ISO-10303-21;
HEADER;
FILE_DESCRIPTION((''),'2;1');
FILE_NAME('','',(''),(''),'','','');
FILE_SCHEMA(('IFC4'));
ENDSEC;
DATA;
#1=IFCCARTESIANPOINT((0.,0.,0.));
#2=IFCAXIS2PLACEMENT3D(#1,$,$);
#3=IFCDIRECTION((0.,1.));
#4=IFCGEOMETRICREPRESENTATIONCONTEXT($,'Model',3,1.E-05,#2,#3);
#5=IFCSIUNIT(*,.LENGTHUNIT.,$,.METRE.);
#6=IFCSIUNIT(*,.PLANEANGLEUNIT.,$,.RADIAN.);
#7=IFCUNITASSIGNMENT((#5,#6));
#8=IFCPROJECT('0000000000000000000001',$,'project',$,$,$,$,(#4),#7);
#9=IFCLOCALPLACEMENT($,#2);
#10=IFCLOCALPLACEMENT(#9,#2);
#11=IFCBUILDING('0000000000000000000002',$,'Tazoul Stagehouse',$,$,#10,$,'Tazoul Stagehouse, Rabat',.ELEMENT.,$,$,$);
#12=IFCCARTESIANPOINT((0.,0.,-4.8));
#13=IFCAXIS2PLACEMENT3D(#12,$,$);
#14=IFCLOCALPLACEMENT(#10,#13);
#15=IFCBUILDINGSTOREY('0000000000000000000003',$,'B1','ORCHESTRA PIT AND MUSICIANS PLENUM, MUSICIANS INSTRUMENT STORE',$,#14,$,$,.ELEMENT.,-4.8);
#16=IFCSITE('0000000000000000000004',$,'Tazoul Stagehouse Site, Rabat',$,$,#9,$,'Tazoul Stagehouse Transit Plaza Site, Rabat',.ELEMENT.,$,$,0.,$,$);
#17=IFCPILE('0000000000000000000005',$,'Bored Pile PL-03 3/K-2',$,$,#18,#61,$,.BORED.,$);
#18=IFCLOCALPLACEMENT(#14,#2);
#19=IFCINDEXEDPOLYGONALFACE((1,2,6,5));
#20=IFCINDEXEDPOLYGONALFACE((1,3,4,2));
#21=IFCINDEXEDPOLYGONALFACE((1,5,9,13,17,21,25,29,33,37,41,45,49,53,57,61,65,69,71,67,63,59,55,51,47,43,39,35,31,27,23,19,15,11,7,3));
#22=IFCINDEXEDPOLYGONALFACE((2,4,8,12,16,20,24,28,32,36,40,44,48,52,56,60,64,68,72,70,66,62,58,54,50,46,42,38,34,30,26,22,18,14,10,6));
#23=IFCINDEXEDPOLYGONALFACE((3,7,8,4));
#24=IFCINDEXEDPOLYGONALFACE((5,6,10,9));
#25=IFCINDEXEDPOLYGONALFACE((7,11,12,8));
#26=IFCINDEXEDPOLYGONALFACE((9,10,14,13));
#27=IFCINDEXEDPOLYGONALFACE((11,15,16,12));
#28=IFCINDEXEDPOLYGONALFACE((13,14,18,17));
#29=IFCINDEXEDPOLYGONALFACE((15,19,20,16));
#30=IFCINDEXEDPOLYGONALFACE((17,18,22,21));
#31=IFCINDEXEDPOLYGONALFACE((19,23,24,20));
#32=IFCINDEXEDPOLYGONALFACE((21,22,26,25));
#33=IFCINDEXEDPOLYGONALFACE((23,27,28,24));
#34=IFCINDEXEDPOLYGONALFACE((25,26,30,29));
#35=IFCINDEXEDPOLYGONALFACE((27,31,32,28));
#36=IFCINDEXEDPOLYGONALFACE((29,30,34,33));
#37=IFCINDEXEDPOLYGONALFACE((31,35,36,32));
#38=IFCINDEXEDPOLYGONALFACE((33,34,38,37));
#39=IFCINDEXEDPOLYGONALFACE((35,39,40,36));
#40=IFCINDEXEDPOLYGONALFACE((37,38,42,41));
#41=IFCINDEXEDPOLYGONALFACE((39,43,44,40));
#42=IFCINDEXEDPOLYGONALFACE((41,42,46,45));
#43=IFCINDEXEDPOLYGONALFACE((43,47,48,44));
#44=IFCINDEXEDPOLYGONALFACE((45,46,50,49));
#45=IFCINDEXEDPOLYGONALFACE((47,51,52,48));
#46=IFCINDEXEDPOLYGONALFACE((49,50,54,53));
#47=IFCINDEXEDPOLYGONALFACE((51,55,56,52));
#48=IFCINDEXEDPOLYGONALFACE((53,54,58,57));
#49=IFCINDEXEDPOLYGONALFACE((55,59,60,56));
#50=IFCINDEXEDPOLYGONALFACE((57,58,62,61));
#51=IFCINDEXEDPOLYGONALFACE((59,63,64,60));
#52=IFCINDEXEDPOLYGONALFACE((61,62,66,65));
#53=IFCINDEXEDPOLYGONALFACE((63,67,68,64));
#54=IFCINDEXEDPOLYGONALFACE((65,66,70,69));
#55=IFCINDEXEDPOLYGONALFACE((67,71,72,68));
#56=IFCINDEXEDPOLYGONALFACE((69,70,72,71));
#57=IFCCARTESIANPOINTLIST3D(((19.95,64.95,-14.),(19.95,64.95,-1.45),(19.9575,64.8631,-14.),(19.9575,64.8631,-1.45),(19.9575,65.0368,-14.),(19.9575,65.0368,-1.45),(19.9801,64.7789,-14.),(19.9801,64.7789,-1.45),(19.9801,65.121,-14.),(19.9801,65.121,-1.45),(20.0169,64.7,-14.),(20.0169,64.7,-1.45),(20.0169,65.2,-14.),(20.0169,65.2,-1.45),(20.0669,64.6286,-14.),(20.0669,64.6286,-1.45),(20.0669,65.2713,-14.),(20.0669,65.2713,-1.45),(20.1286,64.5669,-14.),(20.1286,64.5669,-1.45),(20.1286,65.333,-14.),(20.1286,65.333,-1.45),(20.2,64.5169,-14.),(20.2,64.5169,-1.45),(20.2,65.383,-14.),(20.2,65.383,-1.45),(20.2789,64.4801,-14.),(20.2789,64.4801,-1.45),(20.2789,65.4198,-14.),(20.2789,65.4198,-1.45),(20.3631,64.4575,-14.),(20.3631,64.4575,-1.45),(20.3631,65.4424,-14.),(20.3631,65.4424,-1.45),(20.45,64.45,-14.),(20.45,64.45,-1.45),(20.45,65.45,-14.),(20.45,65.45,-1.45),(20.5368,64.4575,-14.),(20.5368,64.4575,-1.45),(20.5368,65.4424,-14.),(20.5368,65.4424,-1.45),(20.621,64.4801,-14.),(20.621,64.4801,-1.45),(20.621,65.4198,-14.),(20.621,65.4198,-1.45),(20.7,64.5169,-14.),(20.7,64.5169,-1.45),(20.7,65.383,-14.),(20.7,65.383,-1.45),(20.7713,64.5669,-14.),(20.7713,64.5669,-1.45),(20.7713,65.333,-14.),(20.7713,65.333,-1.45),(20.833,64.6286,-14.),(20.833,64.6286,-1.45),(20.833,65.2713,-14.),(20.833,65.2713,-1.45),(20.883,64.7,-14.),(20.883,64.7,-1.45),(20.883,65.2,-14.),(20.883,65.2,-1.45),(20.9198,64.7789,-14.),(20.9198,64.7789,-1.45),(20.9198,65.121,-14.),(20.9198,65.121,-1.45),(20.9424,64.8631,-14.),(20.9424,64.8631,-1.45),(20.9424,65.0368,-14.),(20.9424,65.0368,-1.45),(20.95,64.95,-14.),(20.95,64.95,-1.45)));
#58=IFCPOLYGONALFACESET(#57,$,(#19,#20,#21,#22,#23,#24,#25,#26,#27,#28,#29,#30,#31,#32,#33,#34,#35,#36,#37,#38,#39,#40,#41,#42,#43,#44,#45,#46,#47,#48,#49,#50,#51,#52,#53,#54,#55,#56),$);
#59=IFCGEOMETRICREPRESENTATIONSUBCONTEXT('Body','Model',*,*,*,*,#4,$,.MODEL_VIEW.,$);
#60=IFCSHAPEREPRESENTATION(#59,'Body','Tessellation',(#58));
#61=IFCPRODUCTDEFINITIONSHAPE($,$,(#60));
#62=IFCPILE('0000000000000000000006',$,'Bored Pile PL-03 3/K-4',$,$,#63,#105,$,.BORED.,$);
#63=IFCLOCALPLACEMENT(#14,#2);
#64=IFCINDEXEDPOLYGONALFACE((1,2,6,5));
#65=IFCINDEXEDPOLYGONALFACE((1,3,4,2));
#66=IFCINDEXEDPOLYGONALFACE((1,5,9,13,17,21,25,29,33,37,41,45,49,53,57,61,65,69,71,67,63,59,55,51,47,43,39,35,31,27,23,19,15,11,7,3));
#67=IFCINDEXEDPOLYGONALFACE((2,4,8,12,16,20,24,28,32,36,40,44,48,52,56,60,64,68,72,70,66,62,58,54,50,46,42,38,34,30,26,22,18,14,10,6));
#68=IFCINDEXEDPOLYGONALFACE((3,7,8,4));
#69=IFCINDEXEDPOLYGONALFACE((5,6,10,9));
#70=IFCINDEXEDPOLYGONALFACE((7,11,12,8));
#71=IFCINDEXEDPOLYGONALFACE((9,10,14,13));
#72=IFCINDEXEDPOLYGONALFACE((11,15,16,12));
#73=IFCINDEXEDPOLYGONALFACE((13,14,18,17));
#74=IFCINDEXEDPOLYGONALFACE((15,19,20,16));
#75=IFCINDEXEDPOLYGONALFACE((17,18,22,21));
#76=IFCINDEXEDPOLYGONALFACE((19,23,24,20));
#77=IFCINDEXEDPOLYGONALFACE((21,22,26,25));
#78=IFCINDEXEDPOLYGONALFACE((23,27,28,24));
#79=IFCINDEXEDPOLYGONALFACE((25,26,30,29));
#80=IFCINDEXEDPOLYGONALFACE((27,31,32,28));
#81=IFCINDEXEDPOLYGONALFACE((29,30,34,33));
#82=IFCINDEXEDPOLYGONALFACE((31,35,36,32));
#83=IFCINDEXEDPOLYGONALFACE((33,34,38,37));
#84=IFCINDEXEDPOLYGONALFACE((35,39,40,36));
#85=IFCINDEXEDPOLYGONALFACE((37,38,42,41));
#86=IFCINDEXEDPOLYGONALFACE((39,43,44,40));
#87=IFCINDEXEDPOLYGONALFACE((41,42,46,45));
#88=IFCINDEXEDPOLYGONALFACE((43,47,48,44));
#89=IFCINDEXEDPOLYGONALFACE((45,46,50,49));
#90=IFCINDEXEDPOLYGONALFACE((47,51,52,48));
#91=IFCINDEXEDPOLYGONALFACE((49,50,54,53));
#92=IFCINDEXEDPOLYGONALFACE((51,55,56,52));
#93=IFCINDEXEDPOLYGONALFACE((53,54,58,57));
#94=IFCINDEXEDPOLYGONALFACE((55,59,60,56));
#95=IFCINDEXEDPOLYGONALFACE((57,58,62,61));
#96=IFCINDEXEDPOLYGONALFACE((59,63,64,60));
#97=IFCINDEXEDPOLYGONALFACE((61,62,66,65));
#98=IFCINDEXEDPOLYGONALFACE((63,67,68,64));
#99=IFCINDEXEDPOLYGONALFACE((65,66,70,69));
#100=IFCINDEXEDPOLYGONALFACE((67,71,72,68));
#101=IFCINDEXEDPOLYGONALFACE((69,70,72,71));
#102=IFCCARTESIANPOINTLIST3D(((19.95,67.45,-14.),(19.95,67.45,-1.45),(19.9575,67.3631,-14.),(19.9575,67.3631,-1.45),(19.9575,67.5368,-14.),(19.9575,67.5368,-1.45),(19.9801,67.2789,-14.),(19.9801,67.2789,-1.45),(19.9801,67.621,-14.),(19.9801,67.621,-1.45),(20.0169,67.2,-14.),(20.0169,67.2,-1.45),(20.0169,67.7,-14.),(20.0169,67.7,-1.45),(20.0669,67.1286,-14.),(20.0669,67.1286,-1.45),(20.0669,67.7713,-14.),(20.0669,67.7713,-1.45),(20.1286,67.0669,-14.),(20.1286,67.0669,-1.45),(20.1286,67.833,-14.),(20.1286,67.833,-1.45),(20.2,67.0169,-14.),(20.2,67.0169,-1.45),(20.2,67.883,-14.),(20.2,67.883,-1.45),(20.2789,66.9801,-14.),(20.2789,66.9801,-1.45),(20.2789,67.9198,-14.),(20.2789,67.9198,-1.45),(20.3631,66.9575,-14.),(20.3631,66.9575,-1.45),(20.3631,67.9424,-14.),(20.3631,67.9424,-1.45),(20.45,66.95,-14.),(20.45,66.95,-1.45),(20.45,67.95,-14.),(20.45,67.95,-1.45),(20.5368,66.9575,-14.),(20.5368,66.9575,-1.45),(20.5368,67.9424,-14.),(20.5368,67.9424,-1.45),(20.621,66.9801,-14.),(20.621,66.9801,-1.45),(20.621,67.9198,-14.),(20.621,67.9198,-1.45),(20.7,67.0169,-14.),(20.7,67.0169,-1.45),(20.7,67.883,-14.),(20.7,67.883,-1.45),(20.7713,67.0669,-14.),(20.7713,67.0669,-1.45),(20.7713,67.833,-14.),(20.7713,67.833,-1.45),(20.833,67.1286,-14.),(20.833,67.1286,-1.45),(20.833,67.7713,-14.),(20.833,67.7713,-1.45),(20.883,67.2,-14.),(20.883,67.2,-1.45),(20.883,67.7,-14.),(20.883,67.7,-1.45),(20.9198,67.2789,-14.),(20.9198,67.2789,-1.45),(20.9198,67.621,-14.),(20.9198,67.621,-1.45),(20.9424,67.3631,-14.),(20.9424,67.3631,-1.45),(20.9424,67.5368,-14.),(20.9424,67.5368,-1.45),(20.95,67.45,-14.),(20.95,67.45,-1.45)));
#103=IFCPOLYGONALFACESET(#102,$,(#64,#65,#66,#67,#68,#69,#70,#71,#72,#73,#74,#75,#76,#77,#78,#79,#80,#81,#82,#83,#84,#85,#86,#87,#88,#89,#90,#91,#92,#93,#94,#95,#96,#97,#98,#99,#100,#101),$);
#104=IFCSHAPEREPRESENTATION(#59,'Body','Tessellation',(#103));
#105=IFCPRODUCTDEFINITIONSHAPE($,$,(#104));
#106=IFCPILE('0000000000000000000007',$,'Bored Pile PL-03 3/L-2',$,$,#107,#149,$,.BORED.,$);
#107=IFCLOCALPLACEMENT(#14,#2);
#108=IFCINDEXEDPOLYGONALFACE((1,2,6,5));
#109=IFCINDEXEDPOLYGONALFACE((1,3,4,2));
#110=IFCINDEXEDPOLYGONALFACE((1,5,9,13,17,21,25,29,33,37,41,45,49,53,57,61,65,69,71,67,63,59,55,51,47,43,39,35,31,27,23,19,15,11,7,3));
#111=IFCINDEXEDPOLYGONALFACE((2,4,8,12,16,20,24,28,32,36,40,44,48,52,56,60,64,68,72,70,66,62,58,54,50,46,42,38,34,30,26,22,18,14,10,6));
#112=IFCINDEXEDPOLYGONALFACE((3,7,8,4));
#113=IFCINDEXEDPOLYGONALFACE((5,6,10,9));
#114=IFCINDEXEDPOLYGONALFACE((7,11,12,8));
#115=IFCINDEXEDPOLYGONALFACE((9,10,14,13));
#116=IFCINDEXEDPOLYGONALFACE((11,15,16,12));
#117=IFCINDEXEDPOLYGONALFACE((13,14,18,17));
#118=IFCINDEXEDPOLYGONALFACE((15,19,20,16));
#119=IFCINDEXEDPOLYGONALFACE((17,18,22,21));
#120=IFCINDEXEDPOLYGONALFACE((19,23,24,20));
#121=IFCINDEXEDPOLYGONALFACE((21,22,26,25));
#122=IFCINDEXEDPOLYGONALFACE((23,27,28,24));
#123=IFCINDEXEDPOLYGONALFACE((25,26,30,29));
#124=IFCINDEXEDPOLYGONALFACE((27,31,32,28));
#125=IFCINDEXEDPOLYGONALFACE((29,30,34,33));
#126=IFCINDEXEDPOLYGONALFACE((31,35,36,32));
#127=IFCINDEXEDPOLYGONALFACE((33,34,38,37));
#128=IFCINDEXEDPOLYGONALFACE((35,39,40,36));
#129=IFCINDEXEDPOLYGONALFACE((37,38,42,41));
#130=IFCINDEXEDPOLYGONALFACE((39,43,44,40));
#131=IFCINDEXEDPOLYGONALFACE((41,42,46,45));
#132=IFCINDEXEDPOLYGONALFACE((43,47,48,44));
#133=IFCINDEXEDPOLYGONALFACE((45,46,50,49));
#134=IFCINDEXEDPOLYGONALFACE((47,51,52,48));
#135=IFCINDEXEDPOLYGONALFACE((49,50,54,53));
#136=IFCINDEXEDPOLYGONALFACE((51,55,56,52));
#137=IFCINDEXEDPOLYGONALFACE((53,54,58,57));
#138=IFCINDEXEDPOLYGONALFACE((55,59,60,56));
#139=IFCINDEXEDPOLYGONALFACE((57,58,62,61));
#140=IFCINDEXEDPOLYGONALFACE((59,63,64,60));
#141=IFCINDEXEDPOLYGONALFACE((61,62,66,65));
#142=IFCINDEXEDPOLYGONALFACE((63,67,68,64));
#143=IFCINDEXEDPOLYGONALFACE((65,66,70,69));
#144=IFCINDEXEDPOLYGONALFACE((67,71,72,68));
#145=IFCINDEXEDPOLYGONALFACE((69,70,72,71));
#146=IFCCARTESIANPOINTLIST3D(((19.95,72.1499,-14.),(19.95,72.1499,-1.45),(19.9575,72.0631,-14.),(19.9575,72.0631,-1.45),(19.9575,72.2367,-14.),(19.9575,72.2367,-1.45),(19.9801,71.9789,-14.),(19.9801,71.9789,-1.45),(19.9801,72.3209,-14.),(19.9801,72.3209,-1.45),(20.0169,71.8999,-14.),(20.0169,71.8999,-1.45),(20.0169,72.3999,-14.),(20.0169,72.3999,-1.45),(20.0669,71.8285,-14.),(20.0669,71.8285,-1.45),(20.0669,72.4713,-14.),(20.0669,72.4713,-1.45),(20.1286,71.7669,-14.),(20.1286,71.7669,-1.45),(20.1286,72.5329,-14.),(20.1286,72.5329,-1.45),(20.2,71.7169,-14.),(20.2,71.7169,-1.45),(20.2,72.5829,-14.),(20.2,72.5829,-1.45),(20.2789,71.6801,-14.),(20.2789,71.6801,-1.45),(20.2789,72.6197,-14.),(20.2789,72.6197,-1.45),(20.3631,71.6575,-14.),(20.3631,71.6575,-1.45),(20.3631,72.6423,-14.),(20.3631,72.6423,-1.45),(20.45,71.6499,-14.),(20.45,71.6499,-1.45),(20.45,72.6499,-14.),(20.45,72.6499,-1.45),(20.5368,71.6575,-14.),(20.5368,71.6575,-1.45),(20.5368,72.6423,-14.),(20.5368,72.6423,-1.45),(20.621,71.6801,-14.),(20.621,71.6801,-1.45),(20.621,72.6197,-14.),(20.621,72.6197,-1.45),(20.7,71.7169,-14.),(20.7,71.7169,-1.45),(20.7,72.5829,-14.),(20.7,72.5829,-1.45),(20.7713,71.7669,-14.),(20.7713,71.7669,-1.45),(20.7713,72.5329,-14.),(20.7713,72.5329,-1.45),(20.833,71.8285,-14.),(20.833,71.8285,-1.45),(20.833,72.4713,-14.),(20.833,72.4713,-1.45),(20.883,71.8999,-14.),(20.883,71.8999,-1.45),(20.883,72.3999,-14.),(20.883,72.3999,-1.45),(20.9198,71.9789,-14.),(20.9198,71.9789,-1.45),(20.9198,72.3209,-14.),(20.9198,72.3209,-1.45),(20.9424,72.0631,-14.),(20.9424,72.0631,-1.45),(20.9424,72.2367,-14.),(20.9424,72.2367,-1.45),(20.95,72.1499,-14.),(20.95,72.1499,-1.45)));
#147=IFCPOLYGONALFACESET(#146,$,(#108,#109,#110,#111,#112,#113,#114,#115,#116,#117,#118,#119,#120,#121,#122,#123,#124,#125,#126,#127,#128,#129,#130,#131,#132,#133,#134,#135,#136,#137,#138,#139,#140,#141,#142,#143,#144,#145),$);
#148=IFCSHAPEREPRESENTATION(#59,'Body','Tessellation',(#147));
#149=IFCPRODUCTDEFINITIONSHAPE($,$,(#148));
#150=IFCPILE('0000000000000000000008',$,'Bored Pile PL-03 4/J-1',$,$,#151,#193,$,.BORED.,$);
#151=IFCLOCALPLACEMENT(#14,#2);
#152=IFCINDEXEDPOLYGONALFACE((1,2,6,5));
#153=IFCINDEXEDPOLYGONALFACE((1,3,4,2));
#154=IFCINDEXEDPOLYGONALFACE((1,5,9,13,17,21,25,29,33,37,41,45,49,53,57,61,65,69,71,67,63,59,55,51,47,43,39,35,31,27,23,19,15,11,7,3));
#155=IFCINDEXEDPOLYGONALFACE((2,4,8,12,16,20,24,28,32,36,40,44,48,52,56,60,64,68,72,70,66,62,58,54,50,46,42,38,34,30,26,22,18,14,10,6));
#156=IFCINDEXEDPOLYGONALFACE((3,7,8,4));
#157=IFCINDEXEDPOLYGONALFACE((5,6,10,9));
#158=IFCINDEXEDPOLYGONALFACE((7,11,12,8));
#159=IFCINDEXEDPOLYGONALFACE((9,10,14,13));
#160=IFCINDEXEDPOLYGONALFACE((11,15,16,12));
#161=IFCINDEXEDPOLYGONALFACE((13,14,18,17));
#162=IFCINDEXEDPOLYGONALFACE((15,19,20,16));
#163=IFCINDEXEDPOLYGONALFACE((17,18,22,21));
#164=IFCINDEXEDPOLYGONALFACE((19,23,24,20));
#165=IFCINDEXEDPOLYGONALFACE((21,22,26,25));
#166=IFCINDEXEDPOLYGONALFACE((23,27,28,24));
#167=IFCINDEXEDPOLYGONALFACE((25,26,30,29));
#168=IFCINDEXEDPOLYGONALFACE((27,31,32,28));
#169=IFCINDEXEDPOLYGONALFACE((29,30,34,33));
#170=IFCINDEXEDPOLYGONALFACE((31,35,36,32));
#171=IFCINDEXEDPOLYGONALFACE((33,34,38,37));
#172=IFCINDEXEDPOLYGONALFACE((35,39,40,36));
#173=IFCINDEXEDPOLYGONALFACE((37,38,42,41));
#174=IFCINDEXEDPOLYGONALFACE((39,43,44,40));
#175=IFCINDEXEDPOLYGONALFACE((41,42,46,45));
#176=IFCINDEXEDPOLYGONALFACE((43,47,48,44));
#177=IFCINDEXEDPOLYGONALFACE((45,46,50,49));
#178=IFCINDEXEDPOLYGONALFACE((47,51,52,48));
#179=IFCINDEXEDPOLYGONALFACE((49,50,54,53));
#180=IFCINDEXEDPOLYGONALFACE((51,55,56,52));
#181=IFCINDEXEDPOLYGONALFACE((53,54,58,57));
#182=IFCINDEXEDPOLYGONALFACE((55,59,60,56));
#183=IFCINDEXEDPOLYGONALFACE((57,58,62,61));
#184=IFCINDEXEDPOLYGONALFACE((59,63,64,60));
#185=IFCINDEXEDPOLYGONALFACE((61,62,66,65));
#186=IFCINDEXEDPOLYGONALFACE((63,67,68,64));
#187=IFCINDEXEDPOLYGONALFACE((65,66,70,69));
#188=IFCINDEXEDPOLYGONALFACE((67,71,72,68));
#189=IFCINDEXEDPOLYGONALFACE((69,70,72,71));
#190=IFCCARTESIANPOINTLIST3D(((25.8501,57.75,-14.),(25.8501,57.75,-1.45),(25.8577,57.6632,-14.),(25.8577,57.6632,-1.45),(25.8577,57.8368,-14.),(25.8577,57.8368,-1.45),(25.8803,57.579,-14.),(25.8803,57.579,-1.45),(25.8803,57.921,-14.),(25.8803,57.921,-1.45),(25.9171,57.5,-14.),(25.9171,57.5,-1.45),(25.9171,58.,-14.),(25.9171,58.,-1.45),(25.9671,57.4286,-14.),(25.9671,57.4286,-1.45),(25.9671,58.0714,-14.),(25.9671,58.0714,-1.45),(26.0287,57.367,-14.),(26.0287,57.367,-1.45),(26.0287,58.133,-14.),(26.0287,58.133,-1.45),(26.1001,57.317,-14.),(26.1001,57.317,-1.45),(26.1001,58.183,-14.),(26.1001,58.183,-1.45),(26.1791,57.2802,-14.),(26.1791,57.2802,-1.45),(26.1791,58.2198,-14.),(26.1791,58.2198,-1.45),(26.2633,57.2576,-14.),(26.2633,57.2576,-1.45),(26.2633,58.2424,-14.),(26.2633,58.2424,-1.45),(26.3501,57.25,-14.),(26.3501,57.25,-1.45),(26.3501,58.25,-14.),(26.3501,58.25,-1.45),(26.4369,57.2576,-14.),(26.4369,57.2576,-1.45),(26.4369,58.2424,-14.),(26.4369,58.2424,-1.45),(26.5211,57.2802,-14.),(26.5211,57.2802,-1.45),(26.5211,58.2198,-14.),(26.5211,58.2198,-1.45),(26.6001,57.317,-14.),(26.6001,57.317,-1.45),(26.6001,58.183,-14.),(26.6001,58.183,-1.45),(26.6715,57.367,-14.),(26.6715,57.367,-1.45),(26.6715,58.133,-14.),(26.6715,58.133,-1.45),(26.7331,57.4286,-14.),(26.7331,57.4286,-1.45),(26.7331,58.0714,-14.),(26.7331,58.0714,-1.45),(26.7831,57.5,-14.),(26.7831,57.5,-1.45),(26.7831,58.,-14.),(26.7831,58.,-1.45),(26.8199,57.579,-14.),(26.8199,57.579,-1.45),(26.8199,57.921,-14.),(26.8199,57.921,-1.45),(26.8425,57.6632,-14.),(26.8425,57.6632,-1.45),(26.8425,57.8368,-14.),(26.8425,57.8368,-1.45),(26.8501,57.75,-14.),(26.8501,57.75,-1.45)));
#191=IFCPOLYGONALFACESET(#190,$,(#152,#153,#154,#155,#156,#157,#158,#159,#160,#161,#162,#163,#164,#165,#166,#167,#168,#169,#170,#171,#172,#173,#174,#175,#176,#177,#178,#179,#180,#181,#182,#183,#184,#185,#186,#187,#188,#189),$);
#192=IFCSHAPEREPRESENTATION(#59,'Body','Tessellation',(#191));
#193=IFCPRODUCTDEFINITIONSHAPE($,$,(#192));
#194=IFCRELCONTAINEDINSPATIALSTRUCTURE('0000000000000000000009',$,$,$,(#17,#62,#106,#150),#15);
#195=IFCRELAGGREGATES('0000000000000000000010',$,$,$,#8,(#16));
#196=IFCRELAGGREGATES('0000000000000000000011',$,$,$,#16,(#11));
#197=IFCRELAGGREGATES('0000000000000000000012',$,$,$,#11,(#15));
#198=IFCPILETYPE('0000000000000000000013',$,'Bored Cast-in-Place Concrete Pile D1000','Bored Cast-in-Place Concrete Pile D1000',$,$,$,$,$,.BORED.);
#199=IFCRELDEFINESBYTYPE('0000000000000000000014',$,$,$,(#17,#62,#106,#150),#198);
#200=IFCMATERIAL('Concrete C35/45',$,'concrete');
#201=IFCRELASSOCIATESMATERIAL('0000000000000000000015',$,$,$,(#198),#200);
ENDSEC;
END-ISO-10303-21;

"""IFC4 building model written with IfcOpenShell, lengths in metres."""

from ifc_helpers import new_model, si_unit, direction, frame, origin, origin_2d, place, context, subcontext, project, spatial, circle, extrude, material, material_profile, profile_set, type_object, element, save


model = new_model("IFC4")

# Units and contexts
model_context = context("Model", 3, precision=1e-05, world=origin(), true_north=direction((0.0, 1.0)))
body_context = subcontext(model_context, "Body", "Model", "MODEL_VIEW")
ifc_project = project(units=[si_unit("LENGTHUNIT", "METRE"), si_unit("PLANEANGLEUNIT", "RADIAN")], contexts=[model_context])

# Site, building, storey
site_placement = place(None, origin())
site = spatial("IfcSite", under=ifc_project, at=site_placement, Name="Tazoul Stagehouse Site, Rabat", LongName="Tazoul Stagehouse Transit Plaza Site, Rabat", CompositionType="ELEMENT", RefElevation=0.0)
building_placement = place(site_placement, origin())
building = spatial("IfcBuilding", under=site, at=building_placement, Name="Tazoul Stagehouse", LongName="Tazoul Stagehouse, Rabat", CompositionType="ELEMENT")
storey_placement = place(building_placement, frame((0.0, 0.0, -4.8)))
storey = spatial("IfcBuildingStorey", under=building, at=storey_placement, Name="B1", Description="ORCHESTRA PIT AND MUSICIANS PLENUM, MUSICIANS INSTRUMENT STORE", CompositionType="ELEMENT", Elevation=-4.8)

# Piles
ifc_material_1 = material(Name="Concrete C35/45", Category="concrete")
ifc_material_profile_1 = material_profile(ifc_material_1, circle(Radius=0.5, at=origin_2d()), Name="BORED PILE 1000")
ifc_profile_set_1 = profile_set([ifc_material_profile_1], Name="Concrete C35/45")
pile_type_1 = type_object("IfcPileType", Name="Bored Cast-in-Place Concrete Pile D1000", Description="Bored Cast-in-Place Concrete Pile D1000", PredefinedType="BORED", material=ifc_profile_set_1)
for number, where, z_axis, x_axis, name in (
    (1, (20.45, 64.95, -1.45), (0.0, 0.0, -1.0), (1.0, 0.0, 0.0), "Bored Pile PL-03 3/K-2"),
    (2, (20.45, 67.45, -1.45), (0.0, 0.0, -1.0), (1.0, 0.0, 0.0), "Bored Pile PL-03 3/K-4"),
    (3, (20.45, 72.1499, -1.45), (0.0, 0.0, -1.0), (1.0, 0.0, 0.0), "Bored Pile PL-03 3/L-2"),
    (4, (26.3501, 57.75, -1.45), (0.0, 0.0, -1.0), (1.0, 0.0, 0.0), "Bored Pile PL-03 4/J-1"),
):
    element("IfcPile", number, at=place(storey_placement, frame(where, z_axis=z_axis, x_axis=x_axis)), inside=storey, type_object=pile_type_1, Name=name, PredefinedType="BORED", context=body_context, shape_type="SweptSolid", body=[
        extrude(circle(Radius=0.5, at=origin_2d()), origin(), (0.0, 0.0, 1.0), 12.55),
    ])

save(model, "model.ifc")
